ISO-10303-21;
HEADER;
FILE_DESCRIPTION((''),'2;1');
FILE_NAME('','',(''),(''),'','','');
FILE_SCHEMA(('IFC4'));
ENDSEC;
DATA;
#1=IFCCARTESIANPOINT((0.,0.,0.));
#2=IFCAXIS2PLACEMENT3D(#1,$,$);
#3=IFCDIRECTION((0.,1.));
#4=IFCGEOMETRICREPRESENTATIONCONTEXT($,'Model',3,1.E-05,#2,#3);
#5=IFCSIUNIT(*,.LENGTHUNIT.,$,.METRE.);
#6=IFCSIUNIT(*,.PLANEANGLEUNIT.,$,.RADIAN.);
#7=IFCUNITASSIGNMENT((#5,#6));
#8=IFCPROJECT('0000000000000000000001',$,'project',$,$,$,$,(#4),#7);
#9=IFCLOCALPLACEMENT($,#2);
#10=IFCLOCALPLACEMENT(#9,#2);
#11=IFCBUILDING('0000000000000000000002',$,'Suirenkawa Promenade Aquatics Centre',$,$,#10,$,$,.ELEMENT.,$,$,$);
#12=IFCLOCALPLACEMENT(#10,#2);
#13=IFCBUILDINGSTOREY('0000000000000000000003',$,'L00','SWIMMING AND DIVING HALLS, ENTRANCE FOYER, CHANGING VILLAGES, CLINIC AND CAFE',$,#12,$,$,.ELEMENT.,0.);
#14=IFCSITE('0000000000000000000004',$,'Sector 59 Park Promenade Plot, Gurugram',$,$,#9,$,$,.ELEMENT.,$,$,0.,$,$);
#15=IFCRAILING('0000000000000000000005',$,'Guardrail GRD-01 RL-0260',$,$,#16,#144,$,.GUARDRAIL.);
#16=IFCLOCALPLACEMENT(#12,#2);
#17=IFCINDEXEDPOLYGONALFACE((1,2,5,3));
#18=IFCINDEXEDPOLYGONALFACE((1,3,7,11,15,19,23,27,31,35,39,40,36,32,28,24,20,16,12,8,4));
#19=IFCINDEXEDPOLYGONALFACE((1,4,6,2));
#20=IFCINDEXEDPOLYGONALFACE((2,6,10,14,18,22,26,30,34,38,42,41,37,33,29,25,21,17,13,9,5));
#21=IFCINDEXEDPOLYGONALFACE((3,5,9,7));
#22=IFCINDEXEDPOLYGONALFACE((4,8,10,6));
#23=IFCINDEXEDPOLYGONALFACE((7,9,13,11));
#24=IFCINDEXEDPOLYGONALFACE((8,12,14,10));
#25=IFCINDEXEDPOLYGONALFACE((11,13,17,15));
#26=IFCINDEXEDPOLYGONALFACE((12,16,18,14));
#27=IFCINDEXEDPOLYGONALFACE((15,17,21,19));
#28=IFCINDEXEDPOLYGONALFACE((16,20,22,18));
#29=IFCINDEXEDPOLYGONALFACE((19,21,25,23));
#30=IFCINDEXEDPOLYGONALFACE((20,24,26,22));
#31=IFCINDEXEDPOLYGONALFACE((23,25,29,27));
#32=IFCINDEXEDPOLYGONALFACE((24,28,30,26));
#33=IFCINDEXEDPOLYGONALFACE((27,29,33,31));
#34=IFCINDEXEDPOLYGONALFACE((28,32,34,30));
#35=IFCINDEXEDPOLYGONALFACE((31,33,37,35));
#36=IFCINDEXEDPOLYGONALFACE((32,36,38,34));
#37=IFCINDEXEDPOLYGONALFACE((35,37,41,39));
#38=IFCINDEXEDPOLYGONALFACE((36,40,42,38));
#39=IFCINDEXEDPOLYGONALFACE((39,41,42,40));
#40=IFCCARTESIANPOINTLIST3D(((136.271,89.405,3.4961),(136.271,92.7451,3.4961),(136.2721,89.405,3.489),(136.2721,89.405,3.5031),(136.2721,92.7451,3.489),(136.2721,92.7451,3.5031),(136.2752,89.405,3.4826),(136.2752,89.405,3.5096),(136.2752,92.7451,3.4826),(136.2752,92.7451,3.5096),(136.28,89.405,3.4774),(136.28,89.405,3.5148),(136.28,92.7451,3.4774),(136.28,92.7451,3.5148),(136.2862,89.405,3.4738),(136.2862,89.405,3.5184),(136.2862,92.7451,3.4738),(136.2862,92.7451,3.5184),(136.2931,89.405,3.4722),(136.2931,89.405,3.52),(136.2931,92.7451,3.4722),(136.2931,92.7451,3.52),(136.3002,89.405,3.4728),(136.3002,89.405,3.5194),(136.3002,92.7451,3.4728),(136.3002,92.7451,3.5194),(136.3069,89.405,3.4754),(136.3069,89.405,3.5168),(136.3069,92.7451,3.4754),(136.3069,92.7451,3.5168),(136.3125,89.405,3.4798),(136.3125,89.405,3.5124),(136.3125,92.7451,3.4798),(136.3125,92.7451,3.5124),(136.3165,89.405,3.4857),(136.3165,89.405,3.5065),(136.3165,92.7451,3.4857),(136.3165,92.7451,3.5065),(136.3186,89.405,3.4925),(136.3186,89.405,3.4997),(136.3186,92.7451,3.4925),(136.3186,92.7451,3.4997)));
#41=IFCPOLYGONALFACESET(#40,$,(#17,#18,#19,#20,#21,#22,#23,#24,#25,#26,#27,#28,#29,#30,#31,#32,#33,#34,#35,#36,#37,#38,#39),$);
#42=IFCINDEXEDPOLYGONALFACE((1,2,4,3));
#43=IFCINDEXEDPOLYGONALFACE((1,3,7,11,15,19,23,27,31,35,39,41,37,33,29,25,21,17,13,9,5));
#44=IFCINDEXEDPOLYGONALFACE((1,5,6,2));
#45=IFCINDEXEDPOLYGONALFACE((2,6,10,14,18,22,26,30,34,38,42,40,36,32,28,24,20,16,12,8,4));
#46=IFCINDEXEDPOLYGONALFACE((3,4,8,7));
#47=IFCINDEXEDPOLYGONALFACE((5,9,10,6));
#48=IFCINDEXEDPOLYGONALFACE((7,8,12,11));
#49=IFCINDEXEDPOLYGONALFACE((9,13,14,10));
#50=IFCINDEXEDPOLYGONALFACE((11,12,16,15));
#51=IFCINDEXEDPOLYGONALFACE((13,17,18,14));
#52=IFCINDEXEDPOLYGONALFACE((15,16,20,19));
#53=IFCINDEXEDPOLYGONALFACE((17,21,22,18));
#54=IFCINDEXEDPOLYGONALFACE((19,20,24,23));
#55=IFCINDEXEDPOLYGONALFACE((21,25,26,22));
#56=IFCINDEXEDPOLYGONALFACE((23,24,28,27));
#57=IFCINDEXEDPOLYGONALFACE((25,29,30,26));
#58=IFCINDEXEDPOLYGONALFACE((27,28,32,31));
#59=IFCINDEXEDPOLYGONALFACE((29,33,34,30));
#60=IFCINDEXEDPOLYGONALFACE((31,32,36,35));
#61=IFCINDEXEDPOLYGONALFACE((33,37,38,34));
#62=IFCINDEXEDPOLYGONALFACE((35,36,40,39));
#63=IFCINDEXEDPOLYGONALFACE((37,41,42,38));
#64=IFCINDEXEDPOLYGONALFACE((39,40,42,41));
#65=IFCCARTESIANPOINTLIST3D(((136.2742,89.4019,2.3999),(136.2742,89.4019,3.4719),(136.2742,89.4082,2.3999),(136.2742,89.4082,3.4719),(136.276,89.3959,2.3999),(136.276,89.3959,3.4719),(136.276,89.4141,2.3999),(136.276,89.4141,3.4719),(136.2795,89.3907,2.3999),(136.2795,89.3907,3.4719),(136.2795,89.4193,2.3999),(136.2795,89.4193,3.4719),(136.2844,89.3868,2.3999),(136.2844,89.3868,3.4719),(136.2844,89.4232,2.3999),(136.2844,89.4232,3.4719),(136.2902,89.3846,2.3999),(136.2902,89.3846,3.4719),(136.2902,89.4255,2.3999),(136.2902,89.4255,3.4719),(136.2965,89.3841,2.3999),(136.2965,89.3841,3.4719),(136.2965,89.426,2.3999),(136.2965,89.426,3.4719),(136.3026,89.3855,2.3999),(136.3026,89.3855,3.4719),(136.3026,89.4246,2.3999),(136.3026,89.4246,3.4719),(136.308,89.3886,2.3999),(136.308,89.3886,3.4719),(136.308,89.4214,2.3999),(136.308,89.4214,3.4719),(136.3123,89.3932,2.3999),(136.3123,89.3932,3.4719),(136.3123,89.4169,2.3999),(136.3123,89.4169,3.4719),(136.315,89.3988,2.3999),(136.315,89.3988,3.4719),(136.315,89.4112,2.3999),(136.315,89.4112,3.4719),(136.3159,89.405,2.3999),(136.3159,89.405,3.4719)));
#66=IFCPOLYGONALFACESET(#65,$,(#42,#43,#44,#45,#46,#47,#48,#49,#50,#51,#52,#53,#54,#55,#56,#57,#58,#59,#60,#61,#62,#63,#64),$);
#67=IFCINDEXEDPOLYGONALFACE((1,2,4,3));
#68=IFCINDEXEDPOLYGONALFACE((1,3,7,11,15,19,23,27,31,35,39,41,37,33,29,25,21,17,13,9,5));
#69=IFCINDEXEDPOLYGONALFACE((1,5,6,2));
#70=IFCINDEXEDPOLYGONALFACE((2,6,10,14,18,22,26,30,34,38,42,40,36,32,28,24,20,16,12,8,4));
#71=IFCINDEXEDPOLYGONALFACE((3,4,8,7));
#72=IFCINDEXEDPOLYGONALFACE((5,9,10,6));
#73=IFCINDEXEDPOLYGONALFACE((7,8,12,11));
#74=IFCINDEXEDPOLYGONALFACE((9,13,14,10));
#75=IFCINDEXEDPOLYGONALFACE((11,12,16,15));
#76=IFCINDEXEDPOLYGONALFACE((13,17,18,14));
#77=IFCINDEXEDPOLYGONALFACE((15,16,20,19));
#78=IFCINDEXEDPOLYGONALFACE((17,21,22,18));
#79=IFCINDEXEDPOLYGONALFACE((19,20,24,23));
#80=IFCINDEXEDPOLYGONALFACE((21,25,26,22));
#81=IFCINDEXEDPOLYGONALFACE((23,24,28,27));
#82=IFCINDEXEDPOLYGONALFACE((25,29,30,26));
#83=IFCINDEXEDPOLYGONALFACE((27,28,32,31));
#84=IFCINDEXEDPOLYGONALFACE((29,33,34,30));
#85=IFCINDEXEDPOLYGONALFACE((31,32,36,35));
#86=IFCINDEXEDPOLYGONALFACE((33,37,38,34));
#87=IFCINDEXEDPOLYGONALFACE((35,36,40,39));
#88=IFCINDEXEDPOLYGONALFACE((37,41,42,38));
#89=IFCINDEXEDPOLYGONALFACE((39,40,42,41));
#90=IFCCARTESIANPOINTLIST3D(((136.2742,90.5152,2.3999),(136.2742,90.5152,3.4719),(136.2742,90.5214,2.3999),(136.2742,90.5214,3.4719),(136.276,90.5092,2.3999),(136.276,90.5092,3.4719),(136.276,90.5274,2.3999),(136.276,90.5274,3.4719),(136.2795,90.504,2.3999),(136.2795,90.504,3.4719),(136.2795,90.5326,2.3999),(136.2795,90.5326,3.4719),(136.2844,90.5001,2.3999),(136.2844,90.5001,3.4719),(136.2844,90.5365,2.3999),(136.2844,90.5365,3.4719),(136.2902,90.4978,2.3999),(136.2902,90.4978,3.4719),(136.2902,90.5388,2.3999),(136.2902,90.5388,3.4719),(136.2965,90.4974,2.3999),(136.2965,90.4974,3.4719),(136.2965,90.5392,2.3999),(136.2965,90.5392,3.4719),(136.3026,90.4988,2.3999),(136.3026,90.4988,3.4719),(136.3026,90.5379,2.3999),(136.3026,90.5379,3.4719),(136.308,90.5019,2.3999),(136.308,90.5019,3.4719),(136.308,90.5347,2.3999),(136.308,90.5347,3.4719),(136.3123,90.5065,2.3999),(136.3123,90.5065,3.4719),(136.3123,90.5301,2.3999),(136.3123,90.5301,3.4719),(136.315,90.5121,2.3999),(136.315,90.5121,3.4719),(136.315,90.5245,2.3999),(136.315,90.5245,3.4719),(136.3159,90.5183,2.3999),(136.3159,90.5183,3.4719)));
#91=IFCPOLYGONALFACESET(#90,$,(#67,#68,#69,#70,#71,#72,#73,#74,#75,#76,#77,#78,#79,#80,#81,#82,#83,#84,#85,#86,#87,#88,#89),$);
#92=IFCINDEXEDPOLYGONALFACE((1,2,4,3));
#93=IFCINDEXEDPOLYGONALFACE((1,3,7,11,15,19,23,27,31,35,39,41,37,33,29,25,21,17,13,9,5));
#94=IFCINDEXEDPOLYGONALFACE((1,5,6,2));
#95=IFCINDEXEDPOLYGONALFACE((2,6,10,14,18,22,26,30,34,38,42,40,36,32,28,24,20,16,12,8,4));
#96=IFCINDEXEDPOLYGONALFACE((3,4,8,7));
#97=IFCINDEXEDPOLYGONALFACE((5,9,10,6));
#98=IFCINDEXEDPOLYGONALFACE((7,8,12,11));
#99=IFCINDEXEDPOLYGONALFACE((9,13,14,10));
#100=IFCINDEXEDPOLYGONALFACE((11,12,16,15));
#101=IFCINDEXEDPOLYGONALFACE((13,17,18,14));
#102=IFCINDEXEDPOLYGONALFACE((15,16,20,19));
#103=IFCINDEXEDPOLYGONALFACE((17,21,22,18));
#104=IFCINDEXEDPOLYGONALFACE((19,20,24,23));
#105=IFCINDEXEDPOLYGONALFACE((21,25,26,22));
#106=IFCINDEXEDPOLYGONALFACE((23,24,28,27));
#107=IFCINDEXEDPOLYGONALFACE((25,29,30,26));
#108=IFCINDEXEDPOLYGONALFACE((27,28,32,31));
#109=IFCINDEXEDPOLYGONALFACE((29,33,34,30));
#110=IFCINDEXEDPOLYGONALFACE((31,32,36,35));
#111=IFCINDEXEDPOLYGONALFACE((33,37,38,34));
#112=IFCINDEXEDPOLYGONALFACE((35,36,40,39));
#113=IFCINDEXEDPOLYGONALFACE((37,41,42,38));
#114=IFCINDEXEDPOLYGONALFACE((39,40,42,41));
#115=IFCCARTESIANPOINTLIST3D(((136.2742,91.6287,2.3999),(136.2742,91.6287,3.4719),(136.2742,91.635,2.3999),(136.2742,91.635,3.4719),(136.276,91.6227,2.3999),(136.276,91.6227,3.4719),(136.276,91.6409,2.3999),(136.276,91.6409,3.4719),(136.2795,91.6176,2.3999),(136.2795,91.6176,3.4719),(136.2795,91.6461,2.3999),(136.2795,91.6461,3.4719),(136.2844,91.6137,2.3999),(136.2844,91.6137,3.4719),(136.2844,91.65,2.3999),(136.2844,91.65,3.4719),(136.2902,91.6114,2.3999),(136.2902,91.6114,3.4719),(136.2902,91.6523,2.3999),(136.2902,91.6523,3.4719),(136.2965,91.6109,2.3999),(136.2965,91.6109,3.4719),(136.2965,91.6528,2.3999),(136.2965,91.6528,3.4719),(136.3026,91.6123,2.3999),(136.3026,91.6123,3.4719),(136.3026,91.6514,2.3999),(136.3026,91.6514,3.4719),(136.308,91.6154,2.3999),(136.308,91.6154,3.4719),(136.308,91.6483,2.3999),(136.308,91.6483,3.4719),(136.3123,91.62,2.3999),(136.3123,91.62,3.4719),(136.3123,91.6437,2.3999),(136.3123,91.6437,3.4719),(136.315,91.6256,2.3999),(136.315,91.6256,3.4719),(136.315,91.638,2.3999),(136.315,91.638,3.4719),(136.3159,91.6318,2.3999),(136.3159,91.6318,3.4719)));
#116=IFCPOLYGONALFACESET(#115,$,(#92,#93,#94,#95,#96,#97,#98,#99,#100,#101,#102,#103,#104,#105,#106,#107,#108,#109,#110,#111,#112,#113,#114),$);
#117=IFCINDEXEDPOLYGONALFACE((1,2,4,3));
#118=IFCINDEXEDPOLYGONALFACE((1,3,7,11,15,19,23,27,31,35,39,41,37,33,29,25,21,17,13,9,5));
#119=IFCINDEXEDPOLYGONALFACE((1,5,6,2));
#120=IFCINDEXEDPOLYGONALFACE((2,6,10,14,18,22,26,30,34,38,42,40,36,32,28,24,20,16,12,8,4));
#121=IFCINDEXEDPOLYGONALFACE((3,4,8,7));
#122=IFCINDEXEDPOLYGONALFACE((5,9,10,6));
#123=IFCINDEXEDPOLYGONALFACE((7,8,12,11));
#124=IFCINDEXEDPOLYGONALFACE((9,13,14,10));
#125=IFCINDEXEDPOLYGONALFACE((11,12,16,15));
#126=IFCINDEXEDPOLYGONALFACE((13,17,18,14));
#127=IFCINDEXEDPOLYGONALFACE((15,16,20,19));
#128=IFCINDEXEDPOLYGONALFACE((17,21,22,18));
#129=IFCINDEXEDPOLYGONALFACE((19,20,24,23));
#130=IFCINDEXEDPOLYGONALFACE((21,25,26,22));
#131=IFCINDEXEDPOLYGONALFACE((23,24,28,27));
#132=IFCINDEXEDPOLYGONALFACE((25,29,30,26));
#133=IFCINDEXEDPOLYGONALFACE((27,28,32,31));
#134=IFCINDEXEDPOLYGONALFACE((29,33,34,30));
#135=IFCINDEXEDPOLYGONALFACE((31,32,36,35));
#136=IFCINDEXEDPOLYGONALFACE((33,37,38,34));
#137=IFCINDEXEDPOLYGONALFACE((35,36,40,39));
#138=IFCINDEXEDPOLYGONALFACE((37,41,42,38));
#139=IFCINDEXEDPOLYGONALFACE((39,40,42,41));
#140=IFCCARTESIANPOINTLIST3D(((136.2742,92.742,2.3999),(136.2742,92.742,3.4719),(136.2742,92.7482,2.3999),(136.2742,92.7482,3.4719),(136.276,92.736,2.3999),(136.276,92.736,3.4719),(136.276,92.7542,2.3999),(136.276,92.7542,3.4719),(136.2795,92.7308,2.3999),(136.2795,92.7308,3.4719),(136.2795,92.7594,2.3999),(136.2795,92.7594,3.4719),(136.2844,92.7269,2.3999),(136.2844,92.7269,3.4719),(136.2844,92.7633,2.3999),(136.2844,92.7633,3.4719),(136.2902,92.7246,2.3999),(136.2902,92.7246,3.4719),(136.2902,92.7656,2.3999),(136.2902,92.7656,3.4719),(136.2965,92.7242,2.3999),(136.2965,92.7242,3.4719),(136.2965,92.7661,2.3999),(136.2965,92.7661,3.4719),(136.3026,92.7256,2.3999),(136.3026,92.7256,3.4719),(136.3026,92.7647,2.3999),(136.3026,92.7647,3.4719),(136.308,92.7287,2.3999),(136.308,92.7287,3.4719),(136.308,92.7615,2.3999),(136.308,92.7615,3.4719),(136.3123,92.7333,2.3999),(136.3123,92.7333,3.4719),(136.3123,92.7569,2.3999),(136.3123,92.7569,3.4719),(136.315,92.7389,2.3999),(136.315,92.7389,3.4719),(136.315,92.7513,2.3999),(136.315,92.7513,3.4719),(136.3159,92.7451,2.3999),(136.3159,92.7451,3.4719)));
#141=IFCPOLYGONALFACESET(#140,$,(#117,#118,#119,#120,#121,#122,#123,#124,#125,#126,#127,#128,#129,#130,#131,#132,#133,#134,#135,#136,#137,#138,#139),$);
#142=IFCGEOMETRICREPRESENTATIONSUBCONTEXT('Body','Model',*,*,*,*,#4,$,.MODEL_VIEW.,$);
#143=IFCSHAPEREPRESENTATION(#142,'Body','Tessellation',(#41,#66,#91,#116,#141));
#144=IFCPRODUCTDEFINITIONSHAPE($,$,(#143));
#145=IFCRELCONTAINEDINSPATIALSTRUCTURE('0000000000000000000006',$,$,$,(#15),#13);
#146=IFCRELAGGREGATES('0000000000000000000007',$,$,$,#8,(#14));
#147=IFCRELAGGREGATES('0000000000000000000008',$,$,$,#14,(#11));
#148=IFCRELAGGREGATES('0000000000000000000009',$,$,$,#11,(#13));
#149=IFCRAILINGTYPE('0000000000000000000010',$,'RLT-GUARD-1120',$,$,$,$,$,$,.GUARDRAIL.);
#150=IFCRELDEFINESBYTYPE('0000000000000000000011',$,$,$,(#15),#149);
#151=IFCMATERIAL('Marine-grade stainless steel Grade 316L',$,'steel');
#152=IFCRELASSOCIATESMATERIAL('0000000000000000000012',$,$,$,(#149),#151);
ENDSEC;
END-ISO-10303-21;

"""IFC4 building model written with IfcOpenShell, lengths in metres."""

from ifc_helpers import new_model, si_unit, direction, frame, origin, origin_2d, place, context, subcontext, project, spatial, circle, extrude, material, type_object, element, save


model = new_model("IFC4")

# Units and contexts
model_context = context("Model", 3, precision=1e-05, world=origin(), true_north=direction((0.0, 1.0)))
body_context = subcontext(model_context, "Body", "Model", "MODEL_VIEW")
ifc_project = project(units=[si_unit("LENGTHUNIT", "METRE"), si_unit("PLANEANGLEUNIT", "RADIAN")], contexts=[model_context])

# Site, building, storey
site_placement = place(None, origin())
site = spatial("IfcSite", under=ifc_project, at=site_placement, Name="Sector 59 Park Promenade Plot, Gurugram", CompositionType="ELEMENT", RefElevation=0.0)
building_placement = place(site_placement, origin())
building = spatial("IfcBuilding", under=site, at=building_placement, Name="Suirenkawa Promenade Aquatics Centre", CompositionType="ELEMENT")
storey_placement = place(building_placement, origin())
storey = spatial("IfcBuildingStorey", under=building, at=storey_placement, Name="L00", Description="SWIMMING AND DIVING HALLS, ENTRANCE FOYER, CHANGING VILLAGES, CLINIC AND CAFE", CompositionType="ELEMENT", Elevation=0.0)

# Railing
ifc_material_1 = material(Name="Marine-grade stainless steel Grade 316L", Category="steel")
railing_type_1 = type_object("IfcRailingType", Name="RLT-GUARD-1120", PredefinedType="GUARDRAIL", material=ifc_material_1)
for number, where, name in (
    (1, (136.2949, 89.405, 2.3999), "Guardrail GRD-01 RL-0260"),
):
    element("IfcRailing", number, at=place(storey_placement, frame(where)), inside=storey, type_object=railing_type_1, Name=name, PredefinedType="GUARDRAIL", context=body_context, shape_type="SweptSolid", body=[
        extrude(circle(Radius=0.0239, at=origin_2d()), frame((0.0, 0.0, 1.0962), z_axis=(0.0, 1.0, 0.0), x_axis=(-1.0, 0.0, 0.0)), (0.0, 0.0, 1.0), 3.3401),
        extrude(circle(Radius=0.021, at=origin_2d()), origin(), (0.0, 0.0, 1.0), 1.072),
        extrude(circle(Radius=0.021, at=origin_2d()), frame((0.0, 1.1133, 0.0)), (0.0, 0.0, 1.0), 1.072),
        extrude(circle(Radius=0.021, at=origin_2d()), frame((0.0, 2.2268, 0.0)), (0.0, 0.0, 1.0), 1.072),
        extrude(circle(Radius=0.021, at=origin_2d()), frame((0.0, 3.3401, 0.0)), (0.0, 0.0, 1.0), 1.072),
    ])

save(model, "model.ifc")
